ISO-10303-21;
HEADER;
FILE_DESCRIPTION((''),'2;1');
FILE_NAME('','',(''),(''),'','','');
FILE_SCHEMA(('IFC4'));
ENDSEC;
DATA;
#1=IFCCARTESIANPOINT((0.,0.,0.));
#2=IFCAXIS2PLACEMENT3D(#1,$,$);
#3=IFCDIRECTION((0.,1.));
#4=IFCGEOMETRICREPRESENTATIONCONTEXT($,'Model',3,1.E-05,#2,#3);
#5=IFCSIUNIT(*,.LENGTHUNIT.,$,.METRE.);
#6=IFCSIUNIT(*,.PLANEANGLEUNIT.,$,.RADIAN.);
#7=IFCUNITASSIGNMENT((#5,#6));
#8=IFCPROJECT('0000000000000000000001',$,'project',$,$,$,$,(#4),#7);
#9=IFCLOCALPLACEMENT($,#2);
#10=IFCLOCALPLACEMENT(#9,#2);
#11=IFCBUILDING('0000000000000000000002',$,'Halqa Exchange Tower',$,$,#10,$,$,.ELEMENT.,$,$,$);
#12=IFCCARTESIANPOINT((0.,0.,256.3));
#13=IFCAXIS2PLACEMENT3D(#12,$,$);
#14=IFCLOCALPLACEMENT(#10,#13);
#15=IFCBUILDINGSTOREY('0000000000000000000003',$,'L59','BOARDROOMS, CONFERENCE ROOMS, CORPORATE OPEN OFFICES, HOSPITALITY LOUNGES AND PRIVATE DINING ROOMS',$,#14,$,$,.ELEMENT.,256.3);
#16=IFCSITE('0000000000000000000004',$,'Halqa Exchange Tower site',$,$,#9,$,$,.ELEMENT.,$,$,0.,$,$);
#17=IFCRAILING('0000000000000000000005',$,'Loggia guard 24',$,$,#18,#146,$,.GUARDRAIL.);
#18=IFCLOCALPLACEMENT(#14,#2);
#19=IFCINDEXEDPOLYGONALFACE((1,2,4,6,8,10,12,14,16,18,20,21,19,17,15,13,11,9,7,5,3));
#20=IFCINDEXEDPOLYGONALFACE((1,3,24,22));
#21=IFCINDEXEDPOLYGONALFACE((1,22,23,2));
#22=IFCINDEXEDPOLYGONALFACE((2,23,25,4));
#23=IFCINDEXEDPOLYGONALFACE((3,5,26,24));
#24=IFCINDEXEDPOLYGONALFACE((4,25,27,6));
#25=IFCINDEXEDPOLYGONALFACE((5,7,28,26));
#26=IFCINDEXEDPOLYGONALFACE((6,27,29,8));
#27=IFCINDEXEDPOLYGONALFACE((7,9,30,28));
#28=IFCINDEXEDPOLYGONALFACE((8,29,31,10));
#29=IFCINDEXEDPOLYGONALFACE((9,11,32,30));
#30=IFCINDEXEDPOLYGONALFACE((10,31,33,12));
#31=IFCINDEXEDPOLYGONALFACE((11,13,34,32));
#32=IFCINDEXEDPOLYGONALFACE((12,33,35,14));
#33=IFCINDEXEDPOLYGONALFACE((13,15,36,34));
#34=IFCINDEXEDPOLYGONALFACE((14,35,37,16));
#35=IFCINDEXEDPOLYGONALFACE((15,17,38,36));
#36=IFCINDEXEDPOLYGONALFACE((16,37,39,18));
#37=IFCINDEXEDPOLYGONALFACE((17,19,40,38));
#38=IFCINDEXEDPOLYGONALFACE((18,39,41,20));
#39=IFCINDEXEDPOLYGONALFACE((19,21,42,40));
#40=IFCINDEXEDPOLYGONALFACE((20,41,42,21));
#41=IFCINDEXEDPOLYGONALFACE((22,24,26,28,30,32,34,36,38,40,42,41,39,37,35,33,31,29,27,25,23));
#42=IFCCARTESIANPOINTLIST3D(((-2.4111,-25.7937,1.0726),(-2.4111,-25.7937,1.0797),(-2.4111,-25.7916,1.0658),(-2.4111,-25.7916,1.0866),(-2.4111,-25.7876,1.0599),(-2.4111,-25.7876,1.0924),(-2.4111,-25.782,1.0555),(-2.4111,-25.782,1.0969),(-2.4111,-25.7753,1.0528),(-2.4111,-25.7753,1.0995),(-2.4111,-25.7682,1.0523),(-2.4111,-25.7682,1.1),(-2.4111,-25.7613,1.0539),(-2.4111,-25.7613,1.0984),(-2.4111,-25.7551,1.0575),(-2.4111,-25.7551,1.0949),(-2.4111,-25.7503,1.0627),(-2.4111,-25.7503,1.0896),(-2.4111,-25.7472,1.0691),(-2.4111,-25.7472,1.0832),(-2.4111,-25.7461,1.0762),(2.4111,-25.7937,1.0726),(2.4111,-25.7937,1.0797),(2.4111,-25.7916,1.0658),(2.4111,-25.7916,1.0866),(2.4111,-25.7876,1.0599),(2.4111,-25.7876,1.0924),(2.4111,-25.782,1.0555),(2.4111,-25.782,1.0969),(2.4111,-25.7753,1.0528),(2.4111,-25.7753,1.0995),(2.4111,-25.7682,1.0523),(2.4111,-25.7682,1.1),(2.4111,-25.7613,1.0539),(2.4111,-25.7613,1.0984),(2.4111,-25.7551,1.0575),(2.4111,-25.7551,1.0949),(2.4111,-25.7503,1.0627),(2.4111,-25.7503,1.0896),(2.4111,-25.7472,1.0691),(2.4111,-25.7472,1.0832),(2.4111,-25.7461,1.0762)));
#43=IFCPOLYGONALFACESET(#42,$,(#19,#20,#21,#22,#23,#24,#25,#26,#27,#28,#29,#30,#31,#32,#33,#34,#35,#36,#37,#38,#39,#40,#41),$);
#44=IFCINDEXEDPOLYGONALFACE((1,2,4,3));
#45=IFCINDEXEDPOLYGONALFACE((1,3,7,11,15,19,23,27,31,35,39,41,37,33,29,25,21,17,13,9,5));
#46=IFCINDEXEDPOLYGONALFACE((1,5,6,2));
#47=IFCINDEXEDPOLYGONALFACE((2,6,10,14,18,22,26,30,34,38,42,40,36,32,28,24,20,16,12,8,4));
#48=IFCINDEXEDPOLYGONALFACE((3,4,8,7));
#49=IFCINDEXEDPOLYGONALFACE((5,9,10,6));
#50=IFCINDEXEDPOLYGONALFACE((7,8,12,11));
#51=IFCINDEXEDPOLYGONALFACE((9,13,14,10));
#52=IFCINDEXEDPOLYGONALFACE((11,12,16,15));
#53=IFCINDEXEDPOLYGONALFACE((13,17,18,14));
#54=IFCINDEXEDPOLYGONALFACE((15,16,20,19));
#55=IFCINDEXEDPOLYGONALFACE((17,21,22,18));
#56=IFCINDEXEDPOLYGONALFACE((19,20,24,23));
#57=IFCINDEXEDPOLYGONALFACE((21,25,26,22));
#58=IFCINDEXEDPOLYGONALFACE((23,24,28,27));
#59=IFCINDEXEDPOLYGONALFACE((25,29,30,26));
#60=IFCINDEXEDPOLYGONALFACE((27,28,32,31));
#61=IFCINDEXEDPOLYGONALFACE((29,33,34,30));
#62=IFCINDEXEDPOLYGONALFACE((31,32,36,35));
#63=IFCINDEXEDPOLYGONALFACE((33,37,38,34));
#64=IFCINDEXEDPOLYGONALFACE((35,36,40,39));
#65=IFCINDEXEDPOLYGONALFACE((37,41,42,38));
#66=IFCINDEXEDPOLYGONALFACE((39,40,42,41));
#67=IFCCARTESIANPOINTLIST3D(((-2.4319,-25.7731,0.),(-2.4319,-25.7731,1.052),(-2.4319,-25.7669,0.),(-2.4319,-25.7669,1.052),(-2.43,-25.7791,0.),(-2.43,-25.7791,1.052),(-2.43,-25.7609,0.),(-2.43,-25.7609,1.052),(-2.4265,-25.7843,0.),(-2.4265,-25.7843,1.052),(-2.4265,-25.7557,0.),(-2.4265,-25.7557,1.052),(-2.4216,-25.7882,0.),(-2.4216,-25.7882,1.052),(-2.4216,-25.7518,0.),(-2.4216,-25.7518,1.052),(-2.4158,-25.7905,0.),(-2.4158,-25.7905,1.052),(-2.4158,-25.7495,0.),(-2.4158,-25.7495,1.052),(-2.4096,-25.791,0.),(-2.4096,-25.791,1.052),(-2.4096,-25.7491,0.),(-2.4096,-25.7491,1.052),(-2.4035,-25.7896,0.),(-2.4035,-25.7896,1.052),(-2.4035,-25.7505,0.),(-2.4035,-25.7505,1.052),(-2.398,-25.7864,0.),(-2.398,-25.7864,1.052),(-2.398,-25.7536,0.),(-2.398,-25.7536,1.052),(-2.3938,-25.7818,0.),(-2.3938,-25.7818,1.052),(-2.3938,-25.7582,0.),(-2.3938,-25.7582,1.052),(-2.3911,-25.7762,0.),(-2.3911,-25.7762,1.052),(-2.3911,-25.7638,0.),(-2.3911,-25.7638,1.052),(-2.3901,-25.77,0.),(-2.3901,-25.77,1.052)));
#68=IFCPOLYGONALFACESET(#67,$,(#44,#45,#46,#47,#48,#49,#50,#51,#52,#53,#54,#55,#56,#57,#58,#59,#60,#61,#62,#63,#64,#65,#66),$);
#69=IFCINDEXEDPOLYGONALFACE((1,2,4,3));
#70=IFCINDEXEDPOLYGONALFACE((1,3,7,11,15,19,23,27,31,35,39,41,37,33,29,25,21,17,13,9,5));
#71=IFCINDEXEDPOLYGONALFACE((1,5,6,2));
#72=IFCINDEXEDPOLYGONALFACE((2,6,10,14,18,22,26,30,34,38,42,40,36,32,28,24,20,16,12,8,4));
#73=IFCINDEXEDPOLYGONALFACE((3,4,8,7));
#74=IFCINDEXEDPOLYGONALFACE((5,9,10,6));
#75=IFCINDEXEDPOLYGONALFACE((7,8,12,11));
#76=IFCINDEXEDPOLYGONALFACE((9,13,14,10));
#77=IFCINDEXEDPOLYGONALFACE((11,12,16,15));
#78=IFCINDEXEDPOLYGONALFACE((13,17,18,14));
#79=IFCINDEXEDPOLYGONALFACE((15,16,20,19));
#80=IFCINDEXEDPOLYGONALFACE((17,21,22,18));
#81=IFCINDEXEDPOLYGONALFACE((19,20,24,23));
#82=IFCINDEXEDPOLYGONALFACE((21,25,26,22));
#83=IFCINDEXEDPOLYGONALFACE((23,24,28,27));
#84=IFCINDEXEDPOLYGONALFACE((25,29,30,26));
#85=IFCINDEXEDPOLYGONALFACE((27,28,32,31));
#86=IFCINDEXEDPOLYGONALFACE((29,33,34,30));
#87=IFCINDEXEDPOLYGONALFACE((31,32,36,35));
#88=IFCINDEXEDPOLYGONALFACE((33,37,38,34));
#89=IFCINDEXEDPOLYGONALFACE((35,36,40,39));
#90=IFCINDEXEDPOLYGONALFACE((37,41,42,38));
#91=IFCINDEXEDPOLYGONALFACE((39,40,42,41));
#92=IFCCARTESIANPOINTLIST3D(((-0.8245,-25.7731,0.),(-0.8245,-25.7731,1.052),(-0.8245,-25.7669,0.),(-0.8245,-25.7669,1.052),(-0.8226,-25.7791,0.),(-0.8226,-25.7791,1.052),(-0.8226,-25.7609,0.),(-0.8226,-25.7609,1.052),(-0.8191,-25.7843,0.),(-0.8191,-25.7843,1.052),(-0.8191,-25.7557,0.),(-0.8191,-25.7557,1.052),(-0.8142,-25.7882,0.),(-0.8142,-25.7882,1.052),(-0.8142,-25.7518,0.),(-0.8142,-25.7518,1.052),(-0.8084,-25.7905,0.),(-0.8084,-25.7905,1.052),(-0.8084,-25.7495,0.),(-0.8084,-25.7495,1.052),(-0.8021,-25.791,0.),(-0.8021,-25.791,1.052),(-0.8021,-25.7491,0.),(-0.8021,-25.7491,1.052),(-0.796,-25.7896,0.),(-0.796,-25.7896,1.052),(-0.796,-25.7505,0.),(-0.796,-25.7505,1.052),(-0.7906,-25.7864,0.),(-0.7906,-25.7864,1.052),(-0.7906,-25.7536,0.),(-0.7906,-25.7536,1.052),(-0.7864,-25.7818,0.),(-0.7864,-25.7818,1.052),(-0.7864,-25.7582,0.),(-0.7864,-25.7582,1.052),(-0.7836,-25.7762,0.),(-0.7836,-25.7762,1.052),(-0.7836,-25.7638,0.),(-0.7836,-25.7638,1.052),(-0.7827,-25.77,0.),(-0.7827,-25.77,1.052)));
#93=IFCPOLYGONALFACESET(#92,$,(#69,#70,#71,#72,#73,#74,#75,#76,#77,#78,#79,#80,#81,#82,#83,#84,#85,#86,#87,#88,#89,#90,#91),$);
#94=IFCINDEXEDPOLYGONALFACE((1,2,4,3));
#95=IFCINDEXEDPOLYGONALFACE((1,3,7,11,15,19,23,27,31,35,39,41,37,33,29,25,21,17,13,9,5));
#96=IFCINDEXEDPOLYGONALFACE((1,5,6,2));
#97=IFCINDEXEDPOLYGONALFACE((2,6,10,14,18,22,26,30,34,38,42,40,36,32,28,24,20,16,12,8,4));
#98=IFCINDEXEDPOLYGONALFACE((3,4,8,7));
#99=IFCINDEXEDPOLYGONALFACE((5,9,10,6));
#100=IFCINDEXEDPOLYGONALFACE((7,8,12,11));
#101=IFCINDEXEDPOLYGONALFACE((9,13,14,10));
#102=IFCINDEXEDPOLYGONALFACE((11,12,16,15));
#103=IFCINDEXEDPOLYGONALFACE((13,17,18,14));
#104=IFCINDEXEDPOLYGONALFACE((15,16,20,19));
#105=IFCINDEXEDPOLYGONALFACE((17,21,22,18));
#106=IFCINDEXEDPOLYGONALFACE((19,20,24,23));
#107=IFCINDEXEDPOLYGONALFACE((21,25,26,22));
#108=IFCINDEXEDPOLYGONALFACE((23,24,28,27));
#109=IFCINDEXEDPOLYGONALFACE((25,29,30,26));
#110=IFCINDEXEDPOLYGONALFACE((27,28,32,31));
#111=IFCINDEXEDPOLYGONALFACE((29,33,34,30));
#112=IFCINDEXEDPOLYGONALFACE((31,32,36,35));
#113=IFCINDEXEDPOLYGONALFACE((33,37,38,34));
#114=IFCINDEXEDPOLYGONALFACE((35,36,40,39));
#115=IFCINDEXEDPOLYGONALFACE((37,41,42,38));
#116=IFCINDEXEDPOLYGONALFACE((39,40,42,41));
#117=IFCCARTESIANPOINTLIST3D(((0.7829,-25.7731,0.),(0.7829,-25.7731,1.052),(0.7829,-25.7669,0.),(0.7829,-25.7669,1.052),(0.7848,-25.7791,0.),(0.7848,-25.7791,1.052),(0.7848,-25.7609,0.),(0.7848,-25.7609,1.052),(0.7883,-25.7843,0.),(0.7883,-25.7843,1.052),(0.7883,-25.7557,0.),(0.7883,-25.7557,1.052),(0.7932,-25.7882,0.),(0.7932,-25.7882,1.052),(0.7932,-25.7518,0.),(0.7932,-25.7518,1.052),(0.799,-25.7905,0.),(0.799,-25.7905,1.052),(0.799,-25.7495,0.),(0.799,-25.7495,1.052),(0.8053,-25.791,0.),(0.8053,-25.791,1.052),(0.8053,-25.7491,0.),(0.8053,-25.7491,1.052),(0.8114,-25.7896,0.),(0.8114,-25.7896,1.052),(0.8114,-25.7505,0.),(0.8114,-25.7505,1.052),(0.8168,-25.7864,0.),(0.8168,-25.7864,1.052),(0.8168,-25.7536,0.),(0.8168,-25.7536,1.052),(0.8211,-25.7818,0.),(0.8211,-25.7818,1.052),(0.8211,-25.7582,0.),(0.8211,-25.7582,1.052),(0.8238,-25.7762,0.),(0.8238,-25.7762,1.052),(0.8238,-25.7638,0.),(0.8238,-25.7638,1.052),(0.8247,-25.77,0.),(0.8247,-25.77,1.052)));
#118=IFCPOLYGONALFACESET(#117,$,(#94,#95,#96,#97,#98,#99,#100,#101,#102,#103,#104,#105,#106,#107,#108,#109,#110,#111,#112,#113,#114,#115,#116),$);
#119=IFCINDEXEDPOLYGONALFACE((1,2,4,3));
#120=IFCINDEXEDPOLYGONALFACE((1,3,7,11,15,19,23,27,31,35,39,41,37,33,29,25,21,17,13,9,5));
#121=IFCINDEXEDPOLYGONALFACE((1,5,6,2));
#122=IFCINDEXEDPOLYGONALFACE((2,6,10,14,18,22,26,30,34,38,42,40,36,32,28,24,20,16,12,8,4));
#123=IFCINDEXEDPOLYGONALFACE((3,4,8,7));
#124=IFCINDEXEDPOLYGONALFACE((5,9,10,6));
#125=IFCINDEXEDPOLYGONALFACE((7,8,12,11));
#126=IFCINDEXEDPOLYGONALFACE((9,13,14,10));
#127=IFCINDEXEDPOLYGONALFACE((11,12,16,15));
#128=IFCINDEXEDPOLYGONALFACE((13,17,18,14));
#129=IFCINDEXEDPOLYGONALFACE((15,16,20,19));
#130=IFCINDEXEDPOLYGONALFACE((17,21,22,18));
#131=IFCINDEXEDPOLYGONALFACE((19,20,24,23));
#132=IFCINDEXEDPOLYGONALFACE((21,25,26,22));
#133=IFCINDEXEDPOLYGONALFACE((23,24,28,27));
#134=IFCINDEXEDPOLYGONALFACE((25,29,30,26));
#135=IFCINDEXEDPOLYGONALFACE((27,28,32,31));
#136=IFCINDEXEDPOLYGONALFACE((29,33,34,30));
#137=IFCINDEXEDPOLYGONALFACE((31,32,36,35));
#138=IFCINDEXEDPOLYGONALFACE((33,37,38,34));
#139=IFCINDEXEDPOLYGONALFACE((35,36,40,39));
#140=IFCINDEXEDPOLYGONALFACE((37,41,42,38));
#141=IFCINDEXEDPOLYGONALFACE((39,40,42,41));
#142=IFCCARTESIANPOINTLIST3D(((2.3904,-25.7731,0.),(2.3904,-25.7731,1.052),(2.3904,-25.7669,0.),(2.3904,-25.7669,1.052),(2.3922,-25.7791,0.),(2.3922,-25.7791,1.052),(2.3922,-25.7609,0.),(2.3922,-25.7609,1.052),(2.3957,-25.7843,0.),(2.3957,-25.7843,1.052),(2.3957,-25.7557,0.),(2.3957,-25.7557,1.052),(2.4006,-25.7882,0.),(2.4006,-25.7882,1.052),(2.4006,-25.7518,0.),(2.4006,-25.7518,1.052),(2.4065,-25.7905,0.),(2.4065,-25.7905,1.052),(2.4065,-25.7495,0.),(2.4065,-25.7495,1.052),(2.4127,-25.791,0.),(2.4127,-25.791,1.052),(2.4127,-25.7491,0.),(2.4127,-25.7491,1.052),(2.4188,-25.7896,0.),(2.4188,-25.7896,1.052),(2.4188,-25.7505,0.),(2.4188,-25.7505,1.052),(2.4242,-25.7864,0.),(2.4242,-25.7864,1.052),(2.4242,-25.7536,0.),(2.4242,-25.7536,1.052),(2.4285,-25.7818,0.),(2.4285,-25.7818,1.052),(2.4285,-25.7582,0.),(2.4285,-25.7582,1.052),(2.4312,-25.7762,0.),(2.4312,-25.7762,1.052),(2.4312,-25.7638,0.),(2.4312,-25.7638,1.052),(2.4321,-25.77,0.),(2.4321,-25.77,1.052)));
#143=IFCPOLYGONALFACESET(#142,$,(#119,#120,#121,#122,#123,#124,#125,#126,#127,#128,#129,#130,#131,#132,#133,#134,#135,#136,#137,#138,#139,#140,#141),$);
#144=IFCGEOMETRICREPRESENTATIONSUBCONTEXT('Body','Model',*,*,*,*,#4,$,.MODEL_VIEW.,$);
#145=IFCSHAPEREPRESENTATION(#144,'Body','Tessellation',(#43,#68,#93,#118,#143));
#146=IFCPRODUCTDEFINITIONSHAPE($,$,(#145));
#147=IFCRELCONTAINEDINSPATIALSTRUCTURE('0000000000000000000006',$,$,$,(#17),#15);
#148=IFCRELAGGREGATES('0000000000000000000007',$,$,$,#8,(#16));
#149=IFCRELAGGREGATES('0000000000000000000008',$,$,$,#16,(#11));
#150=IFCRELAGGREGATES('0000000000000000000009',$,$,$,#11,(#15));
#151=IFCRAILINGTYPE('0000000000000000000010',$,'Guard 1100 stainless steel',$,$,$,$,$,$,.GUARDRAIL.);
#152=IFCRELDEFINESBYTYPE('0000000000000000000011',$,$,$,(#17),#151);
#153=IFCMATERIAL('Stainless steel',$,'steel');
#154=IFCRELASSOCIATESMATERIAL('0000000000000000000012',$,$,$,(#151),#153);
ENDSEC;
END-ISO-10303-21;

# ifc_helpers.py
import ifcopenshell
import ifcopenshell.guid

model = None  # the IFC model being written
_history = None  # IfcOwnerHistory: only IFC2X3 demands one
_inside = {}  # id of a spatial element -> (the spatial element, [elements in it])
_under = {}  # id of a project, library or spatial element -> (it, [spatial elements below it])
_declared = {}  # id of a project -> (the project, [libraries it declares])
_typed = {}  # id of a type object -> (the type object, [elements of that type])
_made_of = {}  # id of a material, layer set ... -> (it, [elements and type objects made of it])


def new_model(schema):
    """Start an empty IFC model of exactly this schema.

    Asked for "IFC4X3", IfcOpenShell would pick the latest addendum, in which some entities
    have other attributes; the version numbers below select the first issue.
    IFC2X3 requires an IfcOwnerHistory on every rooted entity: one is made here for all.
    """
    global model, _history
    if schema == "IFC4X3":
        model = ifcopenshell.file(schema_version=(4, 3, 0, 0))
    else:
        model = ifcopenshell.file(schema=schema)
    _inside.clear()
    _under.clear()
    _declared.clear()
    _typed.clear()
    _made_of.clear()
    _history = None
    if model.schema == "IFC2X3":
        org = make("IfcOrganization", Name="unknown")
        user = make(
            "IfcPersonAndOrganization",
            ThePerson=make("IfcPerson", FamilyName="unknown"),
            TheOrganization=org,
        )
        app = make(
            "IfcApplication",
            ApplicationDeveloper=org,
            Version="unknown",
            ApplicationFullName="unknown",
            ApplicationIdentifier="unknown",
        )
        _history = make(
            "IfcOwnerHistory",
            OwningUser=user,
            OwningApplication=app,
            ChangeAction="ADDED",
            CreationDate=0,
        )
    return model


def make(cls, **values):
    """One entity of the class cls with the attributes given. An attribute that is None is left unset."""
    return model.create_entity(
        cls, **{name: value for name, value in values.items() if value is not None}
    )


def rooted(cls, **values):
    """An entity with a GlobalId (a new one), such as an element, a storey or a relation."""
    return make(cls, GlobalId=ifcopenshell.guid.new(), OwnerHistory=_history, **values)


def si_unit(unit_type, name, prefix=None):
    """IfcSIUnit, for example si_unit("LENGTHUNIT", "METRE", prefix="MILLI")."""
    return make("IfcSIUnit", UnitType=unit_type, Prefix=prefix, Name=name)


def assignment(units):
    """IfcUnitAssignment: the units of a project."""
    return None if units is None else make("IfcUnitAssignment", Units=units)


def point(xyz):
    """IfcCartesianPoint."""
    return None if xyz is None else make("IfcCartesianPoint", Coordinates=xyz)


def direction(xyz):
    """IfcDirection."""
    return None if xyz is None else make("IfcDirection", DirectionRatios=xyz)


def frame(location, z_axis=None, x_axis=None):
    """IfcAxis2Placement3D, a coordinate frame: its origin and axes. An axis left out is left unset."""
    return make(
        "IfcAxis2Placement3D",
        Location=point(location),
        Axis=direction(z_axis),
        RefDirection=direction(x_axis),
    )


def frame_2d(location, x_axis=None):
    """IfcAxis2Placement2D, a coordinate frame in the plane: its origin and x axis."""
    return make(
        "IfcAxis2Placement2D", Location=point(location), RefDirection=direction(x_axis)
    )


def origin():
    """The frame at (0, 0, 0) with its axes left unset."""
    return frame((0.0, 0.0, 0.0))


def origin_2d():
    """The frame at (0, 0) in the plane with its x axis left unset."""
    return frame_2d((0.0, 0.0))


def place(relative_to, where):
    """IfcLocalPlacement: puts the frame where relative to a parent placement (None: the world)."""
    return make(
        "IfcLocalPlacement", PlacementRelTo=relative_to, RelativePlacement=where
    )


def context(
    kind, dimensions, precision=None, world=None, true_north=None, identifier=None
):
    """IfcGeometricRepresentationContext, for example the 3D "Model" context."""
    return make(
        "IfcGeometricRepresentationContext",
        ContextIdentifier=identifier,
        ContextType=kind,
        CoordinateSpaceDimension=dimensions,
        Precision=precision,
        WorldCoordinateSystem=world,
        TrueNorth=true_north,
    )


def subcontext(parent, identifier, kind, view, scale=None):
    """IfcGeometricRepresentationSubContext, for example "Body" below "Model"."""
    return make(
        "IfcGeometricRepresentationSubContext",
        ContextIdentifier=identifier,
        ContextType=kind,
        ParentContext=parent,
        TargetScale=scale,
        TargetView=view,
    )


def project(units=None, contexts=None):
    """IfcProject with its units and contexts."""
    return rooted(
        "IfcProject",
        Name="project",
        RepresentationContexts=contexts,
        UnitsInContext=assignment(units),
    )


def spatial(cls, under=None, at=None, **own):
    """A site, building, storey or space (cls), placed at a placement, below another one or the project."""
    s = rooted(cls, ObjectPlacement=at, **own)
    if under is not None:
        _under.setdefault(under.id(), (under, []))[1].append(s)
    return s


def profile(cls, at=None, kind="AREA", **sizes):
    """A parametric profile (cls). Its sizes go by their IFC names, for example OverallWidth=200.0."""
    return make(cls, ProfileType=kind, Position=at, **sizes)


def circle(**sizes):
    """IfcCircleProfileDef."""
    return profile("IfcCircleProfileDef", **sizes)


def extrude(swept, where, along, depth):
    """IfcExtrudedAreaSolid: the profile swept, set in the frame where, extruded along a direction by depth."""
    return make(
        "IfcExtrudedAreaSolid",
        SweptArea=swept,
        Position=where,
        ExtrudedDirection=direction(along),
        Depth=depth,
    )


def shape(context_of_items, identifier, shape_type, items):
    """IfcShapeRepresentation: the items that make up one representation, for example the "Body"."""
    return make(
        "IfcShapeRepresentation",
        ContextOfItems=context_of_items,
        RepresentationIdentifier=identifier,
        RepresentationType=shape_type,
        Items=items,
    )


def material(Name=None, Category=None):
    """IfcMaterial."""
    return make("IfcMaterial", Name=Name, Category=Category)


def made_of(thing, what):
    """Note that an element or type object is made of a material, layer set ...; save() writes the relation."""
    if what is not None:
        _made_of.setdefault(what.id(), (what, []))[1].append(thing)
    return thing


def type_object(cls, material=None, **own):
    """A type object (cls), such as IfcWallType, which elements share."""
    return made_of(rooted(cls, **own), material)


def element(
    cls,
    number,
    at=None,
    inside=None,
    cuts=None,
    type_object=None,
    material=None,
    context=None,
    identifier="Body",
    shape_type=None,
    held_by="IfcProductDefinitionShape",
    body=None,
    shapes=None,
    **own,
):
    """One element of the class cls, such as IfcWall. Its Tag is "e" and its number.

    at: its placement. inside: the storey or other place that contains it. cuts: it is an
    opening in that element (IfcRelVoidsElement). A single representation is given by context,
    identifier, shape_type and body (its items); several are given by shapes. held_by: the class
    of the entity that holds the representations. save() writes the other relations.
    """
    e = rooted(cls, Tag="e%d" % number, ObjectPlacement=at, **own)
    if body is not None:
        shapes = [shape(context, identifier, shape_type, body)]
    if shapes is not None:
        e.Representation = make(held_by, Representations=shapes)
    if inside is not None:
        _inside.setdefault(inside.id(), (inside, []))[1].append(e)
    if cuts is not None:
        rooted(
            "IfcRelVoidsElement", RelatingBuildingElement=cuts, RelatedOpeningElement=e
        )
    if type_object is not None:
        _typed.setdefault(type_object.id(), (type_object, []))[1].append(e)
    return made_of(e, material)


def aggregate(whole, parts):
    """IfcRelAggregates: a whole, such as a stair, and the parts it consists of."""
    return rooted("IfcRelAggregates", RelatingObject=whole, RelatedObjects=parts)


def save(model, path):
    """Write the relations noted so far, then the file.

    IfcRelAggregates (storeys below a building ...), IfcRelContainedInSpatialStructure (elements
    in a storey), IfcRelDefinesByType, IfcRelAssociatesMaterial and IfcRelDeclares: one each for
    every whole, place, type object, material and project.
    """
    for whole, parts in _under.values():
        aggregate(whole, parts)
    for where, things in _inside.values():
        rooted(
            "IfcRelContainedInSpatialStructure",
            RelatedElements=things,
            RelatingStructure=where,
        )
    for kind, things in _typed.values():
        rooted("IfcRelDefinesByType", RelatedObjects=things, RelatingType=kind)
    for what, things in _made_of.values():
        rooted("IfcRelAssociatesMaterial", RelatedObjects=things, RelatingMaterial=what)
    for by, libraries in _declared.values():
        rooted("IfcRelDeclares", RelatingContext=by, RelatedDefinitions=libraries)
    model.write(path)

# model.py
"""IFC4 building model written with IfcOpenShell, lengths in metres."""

from ifc_helpers import new_model, si_unit, direction, frame, origin, origin_2d, place, context, subcontext, project, spatial, circle, extrude, material, type_object, element, save


model = new_model("IFC4")

# Units and contexts
model_context = context("Model", 3, precision=1e-05, world=origin(), true_north=direction((0.0, 1.0)))
body_context = subcontext(model_context, "Body", "Model", "MODEL_VIEW")
ifc_project = project(units=[si_unit("LENGTHUNIT", "METRE"), si_unit("PLANEANGLEUNIT", "RADIAN")], contexts=[model_context])

# Site, building, storey
site_placement = place(None, origin())
site = spatial("IfcSite", under=ifc_project, at=site_placement, Name="Halqa Exchange Tower site", CompositionType="ELEMENT", RefElevation=0.0)
building_placement = place(site_placement, origin())
building = spatial("IfcBuilding", under=site, at=building_placement, Name="Halqa Exchange Tower", CompositionType="ELEMENT")
storey_placement = place(building_placement, frame((0.0, 0.0, 256.3)))
storey = spatial("IfcBuildingStorey", under=building, at=storey_placement, Name="L59", Description="BOARDROOMS, CONFERENCE ROOMS, CORPORATE OPEN OFFICES, HOSPITALITY LOUNGES AND PRIVATE DINING ROOMS", CompositionType="ELEMENT", Elevation=256.3)

# Railing
ifc_material_1 = material(Name="Stainless steel", Category="steel")
railing_type = type_object("IfcRailingType", Name="Guard 1100 stainless steel", PredefinedType="GUARDRAIL", material=ifc_material_1)
railing_1_placement = place(storey_placement, frame((-2.4111, -25.77, 0.0)))
element("IfcRailing", 1, at=railing_1_placement, inside=storey, type_object=railing_type, Name="Loggia guard 24", PredefinedType="GUARDRAIL", context=body_context, shape_type="SweptSolid", body=[
    extrude(circle(Radius=0.0239, at=origin_2d()), frame((0.0, 0.0, 1.0762), z_axis=(1.0, 0.0, 0.0), x_axis=(0.0, 1.0, 0.0)), (0.0, 0.0, 1.0), 4.8223),
    extrude(circle(Radius=0.021, at=origin_2d()), origin(), (0.0, 0.0, 1.0), 1.052),
    extrude(circle(Radius=0.021, at=origin_2d()), frame((1.6074, 0.0, 0.0)), (0.0, 0.0, 1.0), 1.052),
    extrude(circle(Radius=0.021, at=origin_2d()), frame((3.2148, 0.0, 0.0)), (0.0, 0.0, 1.0), 1.052),
    extrude(circle(Radius=0.021, at=origin_2d()), frame((4.8223, 0.0, 0.0)), (0.0, 0.0, 1.0), 1.052),
])

save(model, "model.ifc")
